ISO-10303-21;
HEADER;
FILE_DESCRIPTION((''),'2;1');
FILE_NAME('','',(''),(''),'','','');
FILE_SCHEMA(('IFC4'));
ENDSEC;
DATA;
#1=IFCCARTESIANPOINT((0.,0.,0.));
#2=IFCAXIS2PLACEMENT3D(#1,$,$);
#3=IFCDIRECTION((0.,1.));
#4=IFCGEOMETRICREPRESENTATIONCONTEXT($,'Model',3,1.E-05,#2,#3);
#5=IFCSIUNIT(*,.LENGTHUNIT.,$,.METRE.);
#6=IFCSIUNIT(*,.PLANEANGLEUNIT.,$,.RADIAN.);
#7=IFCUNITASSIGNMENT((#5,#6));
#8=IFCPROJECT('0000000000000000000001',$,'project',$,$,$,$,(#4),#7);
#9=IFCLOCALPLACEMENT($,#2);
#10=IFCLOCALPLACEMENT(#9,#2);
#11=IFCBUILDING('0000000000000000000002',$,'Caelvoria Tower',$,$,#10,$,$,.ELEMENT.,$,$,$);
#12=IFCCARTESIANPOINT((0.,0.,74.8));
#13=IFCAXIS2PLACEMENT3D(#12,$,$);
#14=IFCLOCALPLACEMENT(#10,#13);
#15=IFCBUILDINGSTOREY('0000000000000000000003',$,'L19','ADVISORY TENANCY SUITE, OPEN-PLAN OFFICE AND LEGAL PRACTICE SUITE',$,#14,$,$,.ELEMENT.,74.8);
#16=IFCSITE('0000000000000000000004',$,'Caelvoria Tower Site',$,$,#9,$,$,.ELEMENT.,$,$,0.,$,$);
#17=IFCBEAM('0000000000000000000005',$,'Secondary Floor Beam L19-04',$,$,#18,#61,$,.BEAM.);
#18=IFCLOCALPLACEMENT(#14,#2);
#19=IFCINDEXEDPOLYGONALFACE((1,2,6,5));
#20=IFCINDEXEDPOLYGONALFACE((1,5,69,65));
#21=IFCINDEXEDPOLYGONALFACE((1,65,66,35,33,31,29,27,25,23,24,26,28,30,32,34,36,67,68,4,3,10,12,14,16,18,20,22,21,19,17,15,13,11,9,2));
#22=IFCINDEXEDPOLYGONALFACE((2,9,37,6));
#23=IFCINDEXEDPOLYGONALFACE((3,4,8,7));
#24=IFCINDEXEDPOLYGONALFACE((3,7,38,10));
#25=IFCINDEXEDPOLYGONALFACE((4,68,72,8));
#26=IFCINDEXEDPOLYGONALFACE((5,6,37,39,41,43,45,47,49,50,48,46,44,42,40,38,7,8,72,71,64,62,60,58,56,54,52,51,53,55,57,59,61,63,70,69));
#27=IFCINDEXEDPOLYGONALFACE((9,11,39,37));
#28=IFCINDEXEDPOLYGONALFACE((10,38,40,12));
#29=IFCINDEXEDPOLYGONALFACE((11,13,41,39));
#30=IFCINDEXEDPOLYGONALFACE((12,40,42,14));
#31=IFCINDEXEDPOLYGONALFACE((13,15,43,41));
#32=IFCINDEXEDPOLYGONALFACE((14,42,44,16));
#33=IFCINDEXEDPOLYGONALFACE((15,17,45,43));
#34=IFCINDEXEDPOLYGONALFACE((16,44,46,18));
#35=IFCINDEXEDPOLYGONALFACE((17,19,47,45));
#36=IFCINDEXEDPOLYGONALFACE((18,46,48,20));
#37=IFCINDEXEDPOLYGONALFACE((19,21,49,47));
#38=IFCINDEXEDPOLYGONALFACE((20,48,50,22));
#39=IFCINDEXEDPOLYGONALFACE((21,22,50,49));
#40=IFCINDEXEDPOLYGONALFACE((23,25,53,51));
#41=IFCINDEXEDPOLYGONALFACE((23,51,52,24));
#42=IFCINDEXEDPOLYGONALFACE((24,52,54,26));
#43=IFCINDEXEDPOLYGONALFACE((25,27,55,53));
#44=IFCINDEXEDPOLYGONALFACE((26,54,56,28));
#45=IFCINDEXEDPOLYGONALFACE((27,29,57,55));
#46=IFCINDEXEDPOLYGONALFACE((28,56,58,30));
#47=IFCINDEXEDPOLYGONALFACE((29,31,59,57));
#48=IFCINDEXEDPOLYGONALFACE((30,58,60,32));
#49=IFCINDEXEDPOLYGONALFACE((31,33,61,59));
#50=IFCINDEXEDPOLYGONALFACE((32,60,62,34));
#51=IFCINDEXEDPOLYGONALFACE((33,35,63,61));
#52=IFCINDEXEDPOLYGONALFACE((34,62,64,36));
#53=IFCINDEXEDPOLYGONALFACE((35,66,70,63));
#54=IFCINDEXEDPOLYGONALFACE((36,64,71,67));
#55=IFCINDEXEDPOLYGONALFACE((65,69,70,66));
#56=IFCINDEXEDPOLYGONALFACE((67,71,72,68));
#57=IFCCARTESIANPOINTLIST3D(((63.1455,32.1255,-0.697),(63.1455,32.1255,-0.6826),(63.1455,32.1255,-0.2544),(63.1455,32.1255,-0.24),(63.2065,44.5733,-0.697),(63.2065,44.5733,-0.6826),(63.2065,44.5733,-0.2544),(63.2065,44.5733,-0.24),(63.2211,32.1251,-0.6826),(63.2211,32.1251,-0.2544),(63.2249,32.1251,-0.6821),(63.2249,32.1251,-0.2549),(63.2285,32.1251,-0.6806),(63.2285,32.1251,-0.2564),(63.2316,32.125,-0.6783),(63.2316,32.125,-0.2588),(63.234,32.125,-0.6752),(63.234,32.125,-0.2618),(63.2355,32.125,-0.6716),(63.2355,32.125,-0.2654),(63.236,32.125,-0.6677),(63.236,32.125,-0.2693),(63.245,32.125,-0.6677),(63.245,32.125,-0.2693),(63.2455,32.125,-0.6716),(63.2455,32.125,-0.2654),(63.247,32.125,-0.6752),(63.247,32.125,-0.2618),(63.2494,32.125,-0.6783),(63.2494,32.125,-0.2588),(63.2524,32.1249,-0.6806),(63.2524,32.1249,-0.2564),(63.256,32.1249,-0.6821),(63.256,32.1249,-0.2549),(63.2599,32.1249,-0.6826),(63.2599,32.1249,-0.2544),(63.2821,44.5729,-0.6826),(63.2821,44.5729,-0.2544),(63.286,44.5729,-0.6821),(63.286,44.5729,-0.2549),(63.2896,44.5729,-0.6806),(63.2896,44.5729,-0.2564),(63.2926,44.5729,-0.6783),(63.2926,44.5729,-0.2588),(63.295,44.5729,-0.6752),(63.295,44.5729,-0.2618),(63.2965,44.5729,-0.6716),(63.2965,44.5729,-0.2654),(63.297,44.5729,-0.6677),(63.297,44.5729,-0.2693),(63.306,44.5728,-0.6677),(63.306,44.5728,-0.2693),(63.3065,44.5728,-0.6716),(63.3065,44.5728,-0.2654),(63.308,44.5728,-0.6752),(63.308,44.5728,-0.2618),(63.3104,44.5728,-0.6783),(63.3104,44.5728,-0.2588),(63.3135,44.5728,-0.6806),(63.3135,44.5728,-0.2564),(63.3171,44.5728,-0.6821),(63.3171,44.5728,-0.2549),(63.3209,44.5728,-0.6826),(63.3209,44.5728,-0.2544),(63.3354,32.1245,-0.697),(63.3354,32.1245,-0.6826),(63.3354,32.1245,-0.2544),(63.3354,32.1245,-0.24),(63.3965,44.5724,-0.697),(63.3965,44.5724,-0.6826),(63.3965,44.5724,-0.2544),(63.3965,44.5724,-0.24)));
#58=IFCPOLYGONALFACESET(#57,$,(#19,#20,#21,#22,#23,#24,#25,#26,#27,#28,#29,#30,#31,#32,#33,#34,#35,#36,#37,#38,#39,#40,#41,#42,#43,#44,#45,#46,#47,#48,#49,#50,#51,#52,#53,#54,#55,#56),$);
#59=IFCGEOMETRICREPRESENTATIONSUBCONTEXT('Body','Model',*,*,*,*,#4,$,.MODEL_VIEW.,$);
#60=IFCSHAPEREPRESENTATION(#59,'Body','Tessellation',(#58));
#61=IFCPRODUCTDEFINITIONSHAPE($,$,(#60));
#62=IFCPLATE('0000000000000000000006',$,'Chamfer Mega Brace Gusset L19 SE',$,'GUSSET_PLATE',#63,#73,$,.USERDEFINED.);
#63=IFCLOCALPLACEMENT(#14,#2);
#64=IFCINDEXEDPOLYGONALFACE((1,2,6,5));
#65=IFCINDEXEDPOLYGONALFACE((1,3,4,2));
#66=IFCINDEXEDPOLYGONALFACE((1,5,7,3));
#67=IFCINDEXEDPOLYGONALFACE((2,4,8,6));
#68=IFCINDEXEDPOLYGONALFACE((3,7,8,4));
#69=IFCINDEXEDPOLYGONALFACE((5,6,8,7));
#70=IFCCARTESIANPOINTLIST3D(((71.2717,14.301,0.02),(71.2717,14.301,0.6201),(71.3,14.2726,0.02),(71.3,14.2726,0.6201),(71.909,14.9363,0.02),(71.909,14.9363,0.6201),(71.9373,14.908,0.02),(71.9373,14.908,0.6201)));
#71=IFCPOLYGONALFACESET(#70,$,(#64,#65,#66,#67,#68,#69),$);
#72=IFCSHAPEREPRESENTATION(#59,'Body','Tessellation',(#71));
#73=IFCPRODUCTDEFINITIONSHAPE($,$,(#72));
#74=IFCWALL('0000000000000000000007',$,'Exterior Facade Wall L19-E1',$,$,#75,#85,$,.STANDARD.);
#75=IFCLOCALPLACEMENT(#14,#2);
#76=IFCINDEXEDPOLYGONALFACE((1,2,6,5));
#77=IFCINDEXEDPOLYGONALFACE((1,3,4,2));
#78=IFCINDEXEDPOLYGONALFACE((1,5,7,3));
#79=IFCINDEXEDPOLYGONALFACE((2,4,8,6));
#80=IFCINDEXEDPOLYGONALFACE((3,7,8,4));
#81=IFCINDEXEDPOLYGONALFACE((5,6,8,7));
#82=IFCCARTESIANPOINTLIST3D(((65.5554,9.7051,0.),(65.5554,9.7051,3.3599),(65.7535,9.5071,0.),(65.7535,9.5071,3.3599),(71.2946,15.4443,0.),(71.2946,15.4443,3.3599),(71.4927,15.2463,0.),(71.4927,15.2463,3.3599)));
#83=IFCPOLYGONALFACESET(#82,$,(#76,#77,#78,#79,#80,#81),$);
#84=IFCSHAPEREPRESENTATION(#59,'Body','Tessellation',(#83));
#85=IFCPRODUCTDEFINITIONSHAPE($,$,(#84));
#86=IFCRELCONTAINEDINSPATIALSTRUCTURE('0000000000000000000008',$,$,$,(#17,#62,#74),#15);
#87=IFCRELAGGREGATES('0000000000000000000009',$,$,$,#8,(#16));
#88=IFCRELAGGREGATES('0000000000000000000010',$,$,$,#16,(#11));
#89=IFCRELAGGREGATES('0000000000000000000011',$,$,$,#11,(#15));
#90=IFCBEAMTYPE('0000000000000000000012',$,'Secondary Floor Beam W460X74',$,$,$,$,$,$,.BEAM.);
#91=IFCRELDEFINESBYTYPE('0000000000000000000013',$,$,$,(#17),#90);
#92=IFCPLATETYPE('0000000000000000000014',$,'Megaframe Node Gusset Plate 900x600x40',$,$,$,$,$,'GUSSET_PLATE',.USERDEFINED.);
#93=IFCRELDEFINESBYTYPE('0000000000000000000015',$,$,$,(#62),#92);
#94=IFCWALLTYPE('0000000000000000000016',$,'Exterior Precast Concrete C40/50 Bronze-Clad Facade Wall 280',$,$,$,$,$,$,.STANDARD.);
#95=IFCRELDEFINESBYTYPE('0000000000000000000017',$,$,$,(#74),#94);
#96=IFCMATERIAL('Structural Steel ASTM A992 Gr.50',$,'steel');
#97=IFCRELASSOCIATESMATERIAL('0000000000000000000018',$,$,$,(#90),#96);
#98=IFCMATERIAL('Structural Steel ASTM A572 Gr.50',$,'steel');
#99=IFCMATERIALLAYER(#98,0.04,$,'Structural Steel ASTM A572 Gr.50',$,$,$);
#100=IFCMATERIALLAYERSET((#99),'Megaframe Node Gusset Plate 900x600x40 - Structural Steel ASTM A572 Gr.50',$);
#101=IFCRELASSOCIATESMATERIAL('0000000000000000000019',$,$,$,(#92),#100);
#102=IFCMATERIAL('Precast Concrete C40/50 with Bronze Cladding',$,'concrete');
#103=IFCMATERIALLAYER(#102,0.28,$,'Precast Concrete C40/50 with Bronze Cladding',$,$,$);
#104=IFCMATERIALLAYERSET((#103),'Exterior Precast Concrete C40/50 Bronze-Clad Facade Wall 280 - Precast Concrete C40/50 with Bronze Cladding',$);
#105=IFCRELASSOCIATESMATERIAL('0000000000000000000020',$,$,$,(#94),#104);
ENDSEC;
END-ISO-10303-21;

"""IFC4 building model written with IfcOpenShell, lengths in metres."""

from ifc_helpers import new_model, si_unit, direction, frame, frame_2d, origin, origin_2d, place, context, subcontext, project, spatial, rectangle, i_section, extrude, material, layer, layer_set, material_profile, profile_set, type_object, element, save


model = new_model("IFC4")

# Units and contexts
model_context = context("Model", 3, precision=1e-05, world=origin(), true_north=direction((0.0, 1.0)))
body_context = subcontext(model_context, "Body", "Model", "MODEL_VIEW")
ifc_project = project(units=[si_unit("LENGTHUNIT", "METRE"), si_unit("PLANEANGLEUNIT", "RADIAN")], contexts=[model_context])

# Site, building, storey
site_placement = place(None, origin())
site = spatial("IfcSite", under=ifc_project, at=site_placement, Name="Caelvoria Tower Site", CompositionType="ELEMENT", RefElevation=0.0)
building_placement = place(site_placement, origin())
building = spatial("IfcBuilding", under=site, at=building_placement, Name="Caelvoria Tower", CompositionType="ELEMENT")
storey_placement = place(building_placement, frame((0.0, 0.0, 74.8)))
storey = spatial("IfcBuildingStorey", under=building, at=storey_placement, Name="L19", Description="ADVISORY TENANCY SUITE, OPEN-PLAN OFFICE AND LEGAL PRACTICE SUITE", CompositionType="ELEMENT", Elevation=74.8)

# Shared definitions
ifc_material_1 = material(Name="Structural Steel ASTM A572 Gr.50", Category="steel")

# Beam
ifc_material_2 = material(Name="Structural Steel ASTM A992 Gr.50", Category="steel")
ifc_material_profile_1 = material_profile(ifc_material_2, i_section(OverallWidth=0.1899, OverallDepth=0.457, WebThickness=0.009, FlangeThickness=0.0144, FilletRadius=0.0149, at=origin_2d()), Name="Structural Steel ASTM A992 Gr.50")
ifc_profile_set_1 = profile_set([ifc_material_profile_1], Name="W460X74 - Structural Steel ASTM A992 Gr.50")
beam_type_1 = type_object("IfcBeamType", Name="Secondary Floor Beam W460X74", PredefinedType="BEAM", material=ifc_profile_set_1)
for number, where, z_axis, x_axis, name in (
    (1, (63.2405, 32.125, -0.4685), (0.004903, 0.999988, 0.0), (-0.999988, 0.004903, 0.0), "Secondary Floor Beam L19-04"),
):
    element("IfcBeam", number, at=place(storey_placement, frame(where, z_axis=z_axis, x_axis=x_axis)), inside=storey, type_object=beam_type_1, Name=name, PredefinedType="BEAM", context=body_context, shape_type="SweptSolid", body=[
        extrude(i_section(OverallWidth=0.1899, OverallDepth=0.457, WebThickness=0.009, FlangeThickness=0.0144, FilletRadius=0.0149, at=origin_2d()), origin(), (0.0, 0.0, 1.0), 12.448),
    ])

# Plate
ifc_layer_1 = layer(ifc_material_1, 0.04, Name="Structural Steel ASTM A572 Gr.50")
ifc_layer_set_1 = layer_set([ifc_layer_1], Name="Megaframe Node Gusset Plate 900x600x40 - Structural Steel ASTM A572 Gr.50")
plate_type = type_object("IfcPlateType", Name="Megaframe Node Gusset Plate 900x600x40", ElementType="GUSSET_PLATE", PredefinedType="USERDEFINED", material=ifc_layer_set_1)
plate_placement = place(storey_placement, frame((71.6045, 14.6045, 0.02), z_axis=(0.0, 0.0, 1.0), x_axis=(-0.708212, -0.706, 0.0)))
element("IfcPlate", 2, at=plate_placement, inside=storey, type_object=plate_type, Name="Chamfer Mega Brace Gusset L19 SE", ObjectType="GUSSET_PLATE", PredefinedType="USERDEFINED", context=body_context, shape_type="SweptSolid", body=[
    extrude(rectangle(XDim=0.8999, YDim=0.04, at=origin_2d()), origin(), (0.0, 0.0, 1.0), 0.6001),
])

# Wall
ifc_material_3 = material(Name="Precast Concrete C40/50 with Bronze Cladding", Category="concrete")
ifc_layer_2 = layer(ifc_material_3, 0.28, Name="Precast Concrete C40/50 with Bronze Cladding")
ifc_layer_set_2 = layer_set([ifc_layer_2], Name="Exterior Precast Concrete C40/50 Bronze-Clad Facade Wall 280 - Precast Concrete C40/50 with Bronze Cladding")
wall_type = type_object("IfcWallType", Name="Exterior Precast Concrete C40/50 Bronze-Clad Facade Wall 280", PredefinedType="STANDARD", material=ifc_layer_set_2)
wall_1_placement = place(storey_placement, frame((65.6545, 9.6062, 0.0), z_axis=(0.0, 0.0, 1.0), x_axis=(0.707107, 0.707107, 0.0)))
element("IfcWall", 3, at=wall_1_placement, inside=storey, type_object=wall_type, Name="Exterior Facade Wall L19-E1", PredefinedType="STANDARD", context=body_context, shape_type="SweptSolid", body=[
    extrude(rectangle(XDim=8.1165, YDim=0.28, at=frame_2d((4.0581, 0.0))), origin(), (0.0, 0.0, 1.0), 3.3599),
])

save(model, "model.ifc")
